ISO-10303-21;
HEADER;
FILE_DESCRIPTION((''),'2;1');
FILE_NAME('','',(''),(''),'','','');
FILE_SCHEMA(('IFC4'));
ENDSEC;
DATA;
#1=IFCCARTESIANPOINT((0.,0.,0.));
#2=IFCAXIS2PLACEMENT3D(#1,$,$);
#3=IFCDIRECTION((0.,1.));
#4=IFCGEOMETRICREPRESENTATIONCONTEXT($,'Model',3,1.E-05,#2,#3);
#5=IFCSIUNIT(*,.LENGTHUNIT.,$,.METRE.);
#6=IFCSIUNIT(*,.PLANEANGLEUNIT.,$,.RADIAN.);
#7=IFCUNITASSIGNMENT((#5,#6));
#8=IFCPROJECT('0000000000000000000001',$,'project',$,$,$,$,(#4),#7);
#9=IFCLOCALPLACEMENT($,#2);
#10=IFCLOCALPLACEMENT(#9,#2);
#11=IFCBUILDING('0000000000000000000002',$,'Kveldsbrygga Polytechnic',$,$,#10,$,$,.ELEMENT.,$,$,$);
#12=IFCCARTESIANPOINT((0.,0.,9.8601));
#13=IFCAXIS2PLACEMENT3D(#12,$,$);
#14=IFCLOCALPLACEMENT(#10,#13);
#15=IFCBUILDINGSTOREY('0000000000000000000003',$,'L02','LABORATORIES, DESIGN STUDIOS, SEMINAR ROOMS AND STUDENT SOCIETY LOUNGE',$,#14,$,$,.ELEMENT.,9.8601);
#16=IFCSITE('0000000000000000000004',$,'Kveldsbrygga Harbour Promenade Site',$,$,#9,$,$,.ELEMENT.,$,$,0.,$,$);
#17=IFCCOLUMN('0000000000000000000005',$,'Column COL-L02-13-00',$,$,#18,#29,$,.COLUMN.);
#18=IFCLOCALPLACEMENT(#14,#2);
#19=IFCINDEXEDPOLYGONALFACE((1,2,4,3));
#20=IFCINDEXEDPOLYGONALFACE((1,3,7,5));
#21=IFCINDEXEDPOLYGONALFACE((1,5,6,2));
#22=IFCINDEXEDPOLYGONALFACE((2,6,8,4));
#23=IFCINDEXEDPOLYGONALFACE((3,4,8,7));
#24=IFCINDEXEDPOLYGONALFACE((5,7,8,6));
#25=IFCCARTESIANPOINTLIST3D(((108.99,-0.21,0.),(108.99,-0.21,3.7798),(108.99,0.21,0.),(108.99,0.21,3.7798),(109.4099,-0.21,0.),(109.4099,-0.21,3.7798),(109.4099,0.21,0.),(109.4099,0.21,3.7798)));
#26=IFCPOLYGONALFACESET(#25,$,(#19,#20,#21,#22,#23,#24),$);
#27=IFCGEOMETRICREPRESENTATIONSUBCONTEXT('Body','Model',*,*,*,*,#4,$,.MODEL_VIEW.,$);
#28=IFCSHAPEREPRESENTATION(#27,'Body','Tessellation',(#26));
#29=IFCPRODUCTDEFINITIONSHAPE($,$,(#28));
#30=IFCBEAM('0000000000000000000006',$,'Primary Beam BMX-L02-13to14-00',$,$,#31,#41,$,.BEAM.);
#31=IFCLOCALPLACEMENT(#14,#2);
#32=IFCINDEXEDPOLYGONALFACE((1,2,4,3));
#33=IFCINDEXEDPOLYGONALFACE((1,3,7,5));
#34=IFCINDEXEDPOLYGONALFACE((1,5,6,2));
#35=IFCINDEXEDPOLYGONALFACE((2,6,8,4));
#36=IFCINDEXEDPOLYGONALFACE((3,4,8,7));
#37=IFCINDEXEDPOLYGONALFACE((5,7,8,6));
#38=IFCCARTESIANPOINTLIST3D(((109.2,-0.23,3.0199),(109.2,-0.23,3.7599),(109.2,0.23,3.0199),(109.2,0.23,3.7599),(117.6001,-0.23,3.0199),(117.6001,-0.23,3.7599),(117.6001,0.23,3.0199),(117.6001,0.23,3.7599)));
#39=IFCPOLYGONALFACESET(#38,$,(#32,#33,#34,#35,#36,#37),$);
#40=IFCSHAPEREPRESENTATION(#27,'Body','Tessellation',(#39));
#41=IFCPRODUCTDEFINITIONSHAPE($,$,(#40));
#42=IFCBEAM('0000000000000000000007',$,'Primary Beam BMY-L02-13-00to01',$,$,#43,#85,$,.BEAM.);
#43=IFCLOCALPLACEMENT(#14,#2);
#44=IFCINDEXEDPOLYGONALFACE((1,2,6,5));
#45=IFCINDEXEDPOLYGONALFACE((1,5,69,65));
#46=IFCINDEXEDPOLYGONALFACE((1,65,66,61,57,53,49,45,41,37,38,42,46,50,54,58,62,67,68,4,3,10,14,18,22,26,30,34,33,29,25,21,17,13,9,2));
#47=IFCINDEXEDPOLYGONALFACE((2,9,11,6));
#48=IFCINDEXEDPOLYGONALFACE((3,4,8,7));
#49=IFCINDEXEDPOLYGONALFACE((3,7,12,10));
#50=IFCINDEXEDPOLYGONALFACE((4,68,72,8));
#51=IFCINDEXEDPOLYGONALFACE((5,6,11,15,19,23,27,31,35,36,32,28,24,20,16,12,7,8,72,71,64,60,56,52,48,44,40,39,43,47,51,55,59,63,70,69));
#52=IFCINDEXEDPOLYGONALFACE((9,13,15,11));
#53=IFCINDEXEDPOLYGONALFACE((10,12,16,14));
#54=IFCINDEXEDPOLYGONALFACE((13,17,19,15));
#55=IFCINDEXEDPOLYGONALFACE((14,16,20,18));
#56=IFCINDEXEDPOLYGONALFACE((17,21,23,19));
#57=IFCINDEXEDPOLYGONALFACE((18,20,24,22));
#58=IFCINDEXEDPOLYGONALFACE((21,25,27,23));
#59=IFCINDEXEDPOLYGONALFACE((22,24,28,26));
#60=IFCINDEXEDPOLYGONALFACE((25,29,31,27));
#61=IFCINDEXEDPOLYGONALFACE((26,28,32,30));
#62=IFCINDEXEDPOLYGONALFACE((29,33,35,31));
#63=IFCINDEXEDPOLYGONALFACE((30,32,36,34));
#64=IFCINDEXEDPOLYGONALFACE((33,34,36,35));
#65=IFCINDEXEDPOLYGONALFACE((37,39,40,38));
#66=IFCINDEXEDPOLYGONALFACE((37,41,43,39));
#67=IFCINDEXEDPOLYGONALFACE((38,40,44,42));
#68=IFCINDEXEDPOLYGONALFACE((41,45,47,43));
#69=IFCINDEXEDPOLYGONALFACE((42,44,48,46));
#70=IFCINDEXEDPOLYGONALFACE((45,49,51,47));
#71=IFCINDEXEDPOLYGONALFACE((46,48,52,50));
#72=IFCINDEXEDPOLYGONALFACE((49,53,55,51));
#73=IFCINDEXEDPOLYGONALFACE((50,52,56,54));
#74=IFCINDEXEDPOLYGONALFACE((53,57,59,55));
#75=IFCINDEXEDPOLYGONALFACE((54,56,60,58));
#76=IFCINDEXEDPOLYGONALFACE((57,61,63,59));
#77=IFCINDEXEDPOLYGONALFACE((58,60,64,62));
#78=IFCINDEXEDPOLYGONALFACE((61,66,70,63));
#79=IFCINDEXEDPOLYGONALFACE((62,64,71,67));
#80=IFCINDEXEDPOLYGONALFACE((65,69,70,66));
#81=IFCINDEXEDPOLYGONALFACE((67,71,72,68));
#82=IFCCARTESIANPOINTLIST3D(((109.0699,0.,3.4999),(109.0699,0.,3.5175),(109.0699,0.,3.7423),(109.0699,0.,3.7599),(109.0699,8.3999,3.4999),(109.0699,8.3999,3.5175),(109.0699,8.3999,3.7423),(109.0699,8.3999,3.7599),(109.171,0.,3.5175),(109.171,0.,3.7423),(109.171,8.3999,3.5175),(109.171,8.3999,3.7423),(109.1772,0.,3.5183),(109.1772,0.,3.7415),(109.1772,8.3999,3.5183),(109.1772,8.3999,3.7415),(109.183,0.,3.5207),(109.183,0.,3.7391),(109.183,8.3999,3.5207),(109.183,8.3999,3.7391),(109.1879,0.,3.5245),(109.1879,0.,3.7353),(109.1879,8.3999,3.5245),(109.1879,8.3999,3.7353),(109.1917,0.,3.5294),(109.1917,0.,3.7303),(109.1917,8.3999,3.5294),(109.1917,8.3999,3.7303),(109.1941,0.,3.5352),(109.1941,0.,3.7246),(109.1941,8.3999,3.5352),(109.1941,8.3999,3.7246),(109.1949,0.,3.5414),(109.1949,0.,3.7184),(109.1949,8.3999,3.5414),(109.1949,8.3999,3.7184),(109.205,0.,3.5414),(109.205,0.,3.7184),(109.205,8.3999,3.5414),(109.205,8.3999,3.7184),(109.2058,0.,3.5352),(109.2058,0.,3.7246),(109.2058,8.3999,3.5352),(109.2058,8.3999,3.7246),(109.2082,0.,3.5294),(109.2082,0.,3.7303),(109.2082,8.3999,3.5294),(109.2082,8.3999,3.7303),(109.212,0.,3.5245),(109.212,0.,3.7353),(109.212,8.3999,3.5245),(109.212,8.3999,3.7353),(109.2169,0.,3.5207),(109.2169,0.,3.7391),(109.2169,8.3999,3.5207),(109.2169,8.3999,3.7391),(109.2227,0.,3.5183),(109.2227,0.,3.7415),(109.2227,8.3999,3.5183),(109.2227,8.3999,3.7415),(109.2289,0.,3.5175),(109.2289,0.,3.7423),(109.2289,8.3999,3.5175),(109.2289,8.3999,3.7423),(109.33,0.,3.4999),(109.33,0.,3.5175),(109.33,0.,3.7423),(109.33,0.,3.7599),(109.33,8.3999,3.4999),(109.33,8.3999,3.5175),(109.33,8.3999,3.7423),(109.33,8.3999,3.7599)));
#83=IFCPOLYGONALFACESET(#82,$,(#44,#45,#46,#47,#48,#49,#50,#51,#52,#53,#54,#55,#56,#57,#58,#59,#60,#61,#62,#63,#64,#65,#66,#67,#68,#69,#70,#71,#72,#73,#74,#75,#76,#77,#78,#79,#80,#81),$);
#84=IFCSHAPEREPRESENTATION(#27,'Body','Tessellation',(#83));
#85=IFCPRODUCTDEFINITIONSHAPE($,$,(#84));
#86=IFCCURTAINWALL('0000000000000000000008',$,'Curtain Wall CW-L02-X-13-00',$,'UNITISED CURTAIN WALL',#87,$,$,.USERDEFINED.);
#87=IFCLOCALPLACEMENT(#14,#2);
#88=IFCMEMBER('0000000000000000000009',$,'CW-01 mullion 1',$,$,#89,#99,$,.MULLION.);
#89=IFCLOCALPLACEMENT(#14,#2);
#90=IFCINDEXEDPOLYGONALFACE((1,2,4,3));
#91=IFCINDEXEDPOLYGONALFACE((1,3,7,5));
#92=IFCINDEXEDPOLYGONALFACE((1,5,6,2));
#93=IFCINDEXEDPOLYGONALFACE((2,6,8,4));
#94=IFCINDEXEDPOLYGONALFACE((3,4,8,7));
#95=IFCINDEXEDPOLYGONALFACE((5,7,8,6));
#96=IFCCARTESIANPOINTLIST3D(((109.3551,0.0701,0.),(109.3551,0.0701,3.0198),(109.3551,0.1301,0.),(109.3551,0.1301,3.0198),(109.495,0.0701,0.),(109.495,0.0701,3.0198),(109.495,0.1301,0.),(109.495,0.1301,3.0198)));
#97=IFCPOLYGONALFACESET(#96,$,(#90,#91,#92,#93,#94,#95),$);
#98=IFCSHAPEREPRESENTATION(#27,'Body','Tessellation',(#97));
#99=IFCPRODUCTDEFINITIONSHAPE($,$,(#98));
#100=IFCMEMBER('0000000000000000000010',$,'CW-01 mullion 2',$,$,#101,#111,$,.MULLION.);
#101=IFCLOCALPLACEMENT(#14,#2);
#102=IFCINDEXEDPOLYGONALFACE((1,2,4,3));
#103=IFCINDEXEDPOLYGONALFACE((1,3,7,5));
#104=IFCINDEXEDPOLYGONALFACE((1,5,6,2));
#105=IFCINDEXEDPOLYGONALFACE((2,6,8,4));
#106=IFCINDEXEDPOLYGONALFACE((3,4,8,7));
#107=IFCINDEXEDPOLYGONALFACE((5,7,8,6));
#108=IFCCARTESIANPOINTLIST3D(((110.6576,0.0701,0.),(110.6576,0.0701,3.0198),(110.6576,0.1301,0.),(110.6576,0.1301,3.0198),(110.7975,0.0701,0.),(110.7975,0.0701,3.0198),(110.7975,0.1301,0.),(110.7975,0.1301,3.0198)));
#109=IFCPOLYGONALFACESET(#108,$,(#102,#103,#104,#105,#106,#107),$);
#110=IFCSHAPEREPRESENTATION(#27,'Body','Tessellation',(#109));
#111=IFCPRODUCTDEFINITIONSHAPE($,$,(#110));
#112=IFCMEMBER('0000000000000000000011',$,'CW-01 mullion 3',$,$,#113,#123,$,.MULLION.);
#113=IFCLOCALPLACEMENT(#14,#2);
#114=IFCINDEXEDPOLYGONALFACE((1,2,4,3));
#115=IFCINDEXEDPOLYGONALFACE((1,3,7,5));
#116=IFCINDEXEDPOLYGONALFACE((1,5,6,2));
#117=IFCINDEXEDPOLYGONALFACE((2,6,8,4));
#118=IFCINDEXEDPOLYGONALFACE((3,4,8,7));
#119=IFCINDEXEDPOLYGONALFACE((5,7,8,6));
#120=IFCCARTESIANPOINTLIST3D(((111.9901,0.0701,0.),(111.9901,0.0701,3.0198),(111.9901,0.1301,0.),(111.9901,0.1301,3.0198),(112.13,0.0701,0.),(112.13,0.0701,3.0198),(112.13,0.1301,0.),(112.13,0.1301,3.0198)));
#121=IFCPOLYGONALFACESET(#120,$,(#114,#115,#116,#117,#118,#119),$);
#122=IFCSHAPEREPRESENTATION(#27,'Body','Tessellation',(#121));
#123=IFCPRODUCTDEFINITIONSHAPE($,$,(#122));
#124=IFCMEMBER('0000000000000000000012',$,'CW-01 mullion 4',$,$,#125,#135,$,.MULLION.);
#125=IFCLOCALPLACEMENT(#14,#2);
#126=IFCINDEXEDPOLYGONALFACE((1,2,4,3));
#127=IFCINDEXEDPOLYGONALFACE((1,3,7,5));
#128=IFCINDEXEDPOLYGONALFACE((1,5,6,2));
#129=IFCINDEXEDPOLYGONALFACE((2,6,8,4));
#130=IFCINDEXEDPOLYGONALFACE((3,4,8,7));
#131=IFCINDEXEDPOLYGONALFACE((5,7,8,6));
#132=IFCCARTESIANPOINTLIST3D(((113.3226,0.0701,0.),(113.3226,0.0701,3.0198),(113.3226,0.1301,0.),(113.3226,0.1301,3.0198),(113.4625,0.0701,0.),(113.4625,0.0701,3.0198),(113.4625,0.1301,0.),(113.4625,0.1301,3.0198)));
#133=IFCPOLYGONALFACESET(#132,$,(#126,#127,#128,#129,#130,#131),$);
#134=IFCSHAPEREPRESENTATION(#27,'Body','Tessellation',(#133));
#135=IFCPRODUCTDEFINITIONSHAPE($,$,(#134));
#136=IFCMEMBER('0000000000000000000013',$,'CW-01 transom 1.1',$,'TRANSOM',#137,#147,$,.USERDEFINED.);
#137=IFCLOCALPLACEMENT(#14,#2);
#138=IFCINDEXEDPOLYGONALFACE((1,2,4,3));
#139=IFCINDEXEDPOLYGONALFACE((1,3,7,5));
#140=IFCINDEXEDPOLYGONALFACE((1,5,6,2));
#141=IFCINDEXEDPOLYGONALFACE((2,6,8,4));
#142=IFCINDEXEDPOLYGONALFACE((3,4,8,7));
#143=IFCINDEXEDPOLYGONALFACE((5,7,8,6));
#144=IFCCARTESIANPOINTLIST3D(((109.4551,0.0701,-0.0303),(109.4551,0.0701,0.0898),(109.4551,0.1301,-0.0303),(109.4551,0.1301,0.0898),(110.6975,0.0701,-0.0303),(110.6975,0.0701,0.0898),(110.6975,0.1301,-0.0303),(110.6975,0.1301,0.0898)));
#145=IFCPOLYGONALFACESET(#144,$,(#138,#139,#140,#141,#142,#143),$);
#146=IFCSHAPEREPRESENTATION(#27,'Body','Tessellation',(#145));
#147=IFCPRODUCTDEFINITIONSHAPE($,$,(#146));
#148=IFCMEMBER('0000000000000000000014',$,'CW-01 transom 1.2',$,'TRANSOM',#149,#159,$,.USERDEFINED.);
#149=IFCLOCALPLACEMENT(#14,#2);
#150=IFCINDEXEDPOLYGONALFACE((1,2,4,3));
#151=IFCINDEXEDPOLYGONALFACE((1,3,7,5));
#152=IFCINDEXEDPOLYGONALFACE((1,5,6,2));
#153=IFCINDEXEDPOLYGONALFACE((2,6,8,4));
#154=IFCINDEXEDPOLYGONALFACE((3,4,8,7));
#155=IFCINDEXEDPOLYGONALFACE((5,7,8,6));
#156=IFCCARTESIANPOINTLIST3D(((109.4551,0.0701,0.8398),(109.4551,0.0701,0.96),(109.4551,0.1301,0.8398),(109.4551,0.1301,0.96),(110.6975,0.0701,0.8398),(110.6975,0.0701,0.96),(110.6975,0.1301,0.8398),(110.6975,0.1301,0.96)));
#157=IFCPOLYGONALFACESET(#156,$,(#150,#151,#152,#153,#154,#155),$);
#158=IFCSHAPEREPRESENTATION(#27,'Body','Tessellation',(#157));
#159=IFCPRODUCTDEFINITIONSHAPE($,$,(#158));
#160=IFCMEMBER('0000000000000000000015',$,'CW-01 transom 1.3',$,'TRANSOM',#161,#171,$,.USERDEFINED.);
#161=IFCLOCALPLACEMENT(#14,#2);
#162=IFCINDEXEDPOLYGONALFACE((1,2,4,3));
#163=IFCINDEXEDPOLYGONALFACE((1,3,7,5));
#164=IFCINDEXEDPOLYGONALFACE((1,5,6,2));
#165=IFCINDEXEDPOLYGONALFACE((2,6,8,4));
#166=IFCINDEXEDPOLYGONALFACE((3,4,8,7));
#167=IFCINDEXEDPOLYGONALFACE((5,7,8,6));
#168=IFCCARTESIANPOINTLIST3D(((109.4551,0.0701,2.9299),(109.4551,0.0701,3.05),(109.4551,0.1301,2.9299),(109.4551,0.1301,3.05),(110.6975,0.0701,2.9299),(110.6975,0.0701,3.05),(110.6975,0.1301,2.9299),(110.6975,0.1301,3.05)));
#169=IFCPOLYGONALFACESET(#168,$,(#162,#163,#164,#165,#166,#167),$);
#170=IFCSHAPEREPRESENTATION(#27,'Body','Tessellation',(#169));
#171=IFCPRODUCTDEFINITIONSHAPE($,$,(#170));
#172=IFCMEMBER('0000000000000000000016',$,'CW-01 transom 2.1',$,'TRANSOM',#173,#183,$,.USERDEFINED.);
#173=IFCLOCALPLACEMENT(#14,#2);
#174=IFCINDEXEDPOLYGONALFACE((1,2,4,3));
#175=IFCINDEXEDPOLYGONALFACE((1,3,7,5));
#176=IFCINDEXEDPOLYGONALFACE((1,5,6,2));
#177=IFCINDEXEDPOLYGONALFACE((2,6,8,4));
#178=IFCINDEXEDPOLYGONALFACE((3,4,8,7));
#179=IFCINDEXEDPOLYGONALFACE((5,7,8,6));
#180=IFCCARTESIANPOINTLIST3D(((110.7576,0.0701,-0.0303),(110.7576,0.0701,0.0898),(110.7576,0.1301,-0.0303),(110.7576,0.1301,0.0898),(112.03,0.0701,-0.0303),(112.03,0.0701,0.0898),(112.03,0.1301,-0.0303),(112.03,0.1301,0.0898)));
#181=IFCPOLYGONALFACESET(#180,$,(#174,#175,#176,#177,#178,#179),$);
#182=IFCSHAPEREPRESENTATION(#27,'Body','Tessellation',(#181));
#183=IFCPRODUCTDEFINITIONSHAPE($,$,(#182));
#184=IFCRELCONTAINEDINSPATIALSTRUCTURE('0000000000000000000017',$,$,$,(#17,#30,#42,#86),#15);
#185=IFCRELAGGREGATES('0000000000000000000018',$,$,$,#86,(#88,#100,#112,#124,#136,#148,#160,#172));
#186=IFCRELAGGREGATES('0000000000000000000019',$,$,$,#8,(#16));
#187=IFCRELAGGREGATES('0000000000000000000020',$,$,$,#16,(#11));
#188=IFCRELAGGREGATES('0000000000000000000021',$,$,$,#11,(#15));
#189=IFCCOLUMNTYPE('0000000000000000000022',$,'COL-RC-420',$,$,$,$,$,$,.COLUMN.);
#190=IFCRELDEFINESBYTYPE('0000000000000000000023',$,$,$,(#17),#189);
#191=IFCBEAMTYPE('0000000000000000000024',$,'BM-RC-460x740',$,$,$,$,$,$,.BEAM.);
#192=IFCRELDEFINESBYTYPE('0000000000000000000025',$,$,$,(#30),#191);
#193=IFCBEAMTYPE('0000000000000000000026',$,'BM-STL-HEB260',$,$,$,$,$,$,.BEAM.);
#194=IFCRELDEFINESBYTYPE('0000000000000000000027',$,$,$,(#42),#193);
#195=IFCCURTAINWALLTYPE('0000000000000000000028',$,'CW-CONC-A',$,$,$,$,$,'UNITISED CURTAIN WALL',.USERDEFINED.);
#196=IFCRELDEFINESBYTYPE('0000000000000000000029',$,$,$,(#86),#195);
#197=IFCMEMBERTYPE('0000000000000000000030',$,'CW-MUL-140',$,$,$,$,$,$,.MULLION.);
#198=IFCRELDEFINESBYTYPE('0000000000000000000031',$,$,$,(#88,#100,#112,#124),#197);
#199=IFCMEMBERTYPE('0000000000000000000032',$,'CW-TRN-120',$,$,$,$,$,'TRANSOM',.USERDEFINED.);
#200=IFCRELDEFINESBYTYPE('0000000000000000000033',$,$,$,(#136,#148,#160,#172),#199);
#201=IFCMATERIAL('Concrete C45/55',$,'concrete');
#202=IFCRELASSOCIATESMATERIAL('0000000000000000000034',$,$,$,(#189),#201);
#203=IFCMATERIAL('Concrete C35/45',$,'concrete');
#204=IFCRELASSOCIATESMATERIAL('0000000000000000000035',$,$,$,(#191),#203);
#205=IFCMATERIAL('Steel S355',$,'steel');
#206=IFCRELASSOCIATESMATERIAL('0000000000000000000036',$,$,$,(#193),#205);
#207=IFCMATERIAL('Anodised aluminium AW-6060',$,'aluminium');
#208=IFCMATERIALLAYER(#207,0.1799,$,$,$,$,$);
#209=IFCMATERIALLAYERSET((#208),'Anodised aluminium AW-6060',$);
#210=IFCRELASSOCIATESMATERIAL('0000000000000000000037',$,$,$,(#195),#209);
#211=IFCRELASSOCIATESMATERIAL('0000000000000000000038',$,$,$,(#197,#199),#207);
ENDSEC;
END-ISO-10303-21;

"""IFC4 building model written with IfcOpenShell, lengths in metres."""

from ifc_helpers import new_model, si_unit, direction, frame, origin, origin_2d, place, context, subcontext, project, spatial, rectangle, i_section, extrude, material, layer, layer_set, material_profile, profile_set, type_object, element, aggregate, save


model = new_model("IFC4")

# Units and contexts
model_context = context("Model", 3, precision=1e-05, world=origin(), true_north=direction((0.0, 1.0)))
body_context = subcontext(model_context, "Body", "Model", "MODEL_VIEW")
ifc_project = project(units=[si_unit("LENGTHUNIT", "METRE"), si_unit("PLANEANGLEUNIT", "RADIAN")], contexts=[model_context])

# Site, building, storey
site_placement = place(None, origin())
site = spatial("IfcSite", under=ifc_project, at=site_placement, Name="Kveldsbrygga Harbour Promenade Site", CompositionType="ELEMENT", RefElevation=0.0)
building_placement = place(site_placement, origin())
building = spatial("IfcBuilding", under=site, at=building_placement, Name="Kveldsbrygga Polytechnic", CompositionType="ELEMENT")
storey_placement = place(building_placement, frame((0.0, 0.0, 9.8601)))
storey = spatial("IfcBuildingStorey", under=building, at=storey_placement, Name="L02", Description="LABORATORIES, DESIGN STUDIOS, SEMINAR ROOMS AND STUDENT SOCIETY LOUNGE", CompositionType="ELEMENT", Elevation=9.8601)

# Column
ifc_material_1 = material(Name="Concrete C45/55", Category="concrete")
ifc_material_profile_1 = material_profile(ifc_material_1, rectangle(XDim=0.4199, YDim=0.4199, at=origin_2d()), Name="RC 420x420")
ifc_profile_set_1 = profile_set([ifc_material_profile_1], Name="Concrete C45/55")
column_type = type_object("IfcColumnType", Name="COL-RC-420", PredefinedType="COLUMN", material=ifc_profile_set_1)
column_placement = place(storey_placement, frame((109.2, 0.0, 0.0), z_axis=(0.0, 0.0, 1.0), x_axis=(1.0, 0.0, 0.0)))
element("IfcColumn", 1, at=column_placement, inside=storey, type_object=column_type, Name="Column COL-L02-13-00", PredefinedType="COLUMN", context=body_context, shape_type="SweptSolid", body=[
    extrude(rectangle(XDim=0.4199, YDim=0.4199, at=origin_2d()), origin(), (0.0, 0.0, 1.0), 3.7798),
])

# Beams
ifc_material_2 = material(Name="Concrete C35/45", Category="concrete")
ifc_material_profile_2 = material_profile(ifc_material_2, rectangle(XDim=0.46, YDim=0.74, at=origin_2d()), Name="RC 460x740")
ifc_profile_set_2 = profile_set([ifc_material_profile_2], Name="Concrete C35/45")
beam_type_1 = type_object("IfcBeamType", Name="BM-RC-460x740", PredefinedType="BEAM", material=ifc_profile_set_2)
beam_1_placement = place(storey_placement, frame((109.2, 0.0, 3.3899), z_axis=(1.0, 0.0, 0.0), x_axis=(0.0, 1.0, 0.0)))
element("IfcBeam", 2, at=beam_1_placement, inside=storey, type_object=beam_type_1, Name="Primary Beam BMX-L02-13to14-00", PredefinedType="BEAM", context=body_context, shape_type="SweptSolid", body=[
    extrude(rectangle(XDim=0.46, YDim=0.74, at=origin_2d()), origin(), (0.0, 0.0, 1.0), 8.4001),
])
ifc_material_3 = material(Name="Steel S355", Category="steel")
ifc_material_profile_3 = material_profile(ifc_material_3, i_section(OverallWidth=0.26, OverallDepth=0.26, WebThickness=0.01, FlangeThickness=0.0176, FilletRadius=0.0239, at=origin_2d()), Name="HEB 260")
ifc_profile_set_3 = profile_set([ifc_material_profile_3], Name="Steel S355")
beam_type_2 = type_object("IfcBeamType", Name="BM-STL-HEB260", PredefinedType="BEAM", material=ifc_profile_set_3)
beam_2_placement = place(storey_placement, frame((109.2, 0.0, 3.6299), z_axis=(0.0, 1.0, 0.0), x_axis=(-1.0, 0.0, 0.0)))
element("IfcBeam", 3, at=beam_2_placement, inside=storey, type_object=beam_type_2, Name="Primary Beam BMY-L02-13-00to01", PredefinedType="BEAM", context=body_context, shape_type="SweptSolid", body=[
    extrude(i_section(OverallWidth=0.26, OverallDepth=0.26, WebThickness=0.01, FlangeThickness=0.0176, FilletRadius=0.0239, at=origin_2d()), origin(), (0.0, 0.0, 1.0), 8.3999),
])

# Curtain wall, members
ifc_material_4 = material(Name="Anodised aluminium AW-6060", Category="aluminium")
ifc_layer_1 = layer(ifc_material_4, 0.1799)
ifc_layer_set_1 = layer_set([ifc_layer_1], Name="Anodised aluminium AW-6060")
curtain_wall_type = type_object("IfcCurtainWallType", Name="CW-CONC-A", ElementType="UNITISED CURTAIN WALL", PredefinedType="USERDEFINED", material=ifc_layer_set_1)
curtain_wall_placement = place(storey_placement, origin())
curtain_wall = element("IfcCurtainWall", 4, at=curtain_wall_placement, inside=storey, type_object=curtain_wall_type, Name="Curtain Wall CW-L02-X-13-00", ObjectType="UNITISED CURTAIN WALL", PredefinedType="USERDEFINED")
ifc_material_profile_4 = material_profile(ifc_material_4, rectangle(XDim=0.0601, YDim=0.1399, at=origin_2d()), Name="ALU 60x140")
ifc_profile_set_4 = profile_set([ifc_material_profile_4], Name="Anodised aluminium AW-6060")
member_type_1 = type_object("IfcMemberType", Name="CW-MUL-140", PredefinedType="MULLION", material=ifc_profile_set_4)
member_1_placement = place(storey_placement, frame((109.425, 0.1001, 0.0), z_axis=(0.0, 0.0, 1.0), x_axis=(0.0, 1.0, 0.0)))
member_1 = element("IfcMember", 5, at=member_1_placement, type_object=member_type_1, Name="CW-01 mullion 1", PredefinedType="MULLION", context=body_context, shape_type="SweptSolid", body=[
    extrude(rectangle(XDim=0.0601, YDim=0.1399, at=origin_2d()), origin(), (0.0, 0.0, 1.0), 3.0198),
])
member_2_placement = place(storey_placement, frame((110.7275, 0.1001, 0.0), z_axis=(0.0, 0.0, 1.0), x_axis=(0.0, 1.0, 0.0)))
member_2 = element("IfcMember", 6, at=member_2_placement, type_object=member_type_1, Name="CW-01 mullion 2", PredefinedType="MULLION", context=body_context, shape_type="SweptSolid", body=[
    extrude(rectangle(XDim=0.0601, YDim=0.1399, at=origin_2d()), origin(), (0.0, 0.0, 1.0), 3.0198),
])
member_3_placement = place(storey_placement, frame((112.0601, 0.1001, 0.0), z_axis=(0.0, 0.0, 1.0), x_axis=(0.0, 1.0, 0.0)))
member_3 = element("IfcMember", 7, at=member_3_placement, type_object=member_type_1, Name="CW-01 mullion 3", PredefinedType="MULLION", context=body_context, shape_type="SweptSolid", body=[
    extrude(rectangle(XDim=0.0601, YDim=0.1399, at=origin_2d()), origin(), (0.0, 0.0, 1.0), 3.0198),
])
member_4_placement = place(storey_placement, frame((113.3926, 0.1001, 0.0), z_axis=(0.0, 0.0, 1.0), x_axis=(0.0, 1.0, 0.0)))
member_4 = element("IfcMember", 8, at=member_4_placement, type_object=member_type_1, Name="CW-01 mullion 4", PredefinedType="MULLION", context=body_context, shape_type="SweptSolid", body=[
    extrude(rectangle(XDim=0.0601, YDim=0.1399, at=origin_2d()), origin(), (0.0, 0.0, 1.0), 3.0198),
])
ifc_material_profile_5 = material_profile(ifc_material_4, rectangle(XDim=0.0601, YDim=0.1201, at=origin_2d()), Name="ALU 60x120")
ifc_profile_set_5 = profile_set([ifc_material_profile_5], Name="Anodised aluminium AW-6060")
member_type_2 = type_object("IfcMemberType", Name="CW-TRN-120", ElementType="TRANSOM", PredefinedType="USERDEFINED", material=ifc_profile_set_5)
member_5_placement = place(storey_placement, frame((109.4551, 0.1001, 0.0298), z_axis=(1.0, 0.0, 0.0), x_axis=(0.0, 1.0, 0.0)))
member_5 = element("IfcMember", 9, at=member_5_placement, type_object=member_type_2, Name="CW-01 transom 1.1", ObjectType="TRANSOM", PredefinedType="USERDEFINED", context=body_context, shape_type="SweptSolid", body=[
    extrude(rectangle(XDim=0.0601, YDim=0.1201, at=origin_2d()), origin(), (0.0, 0.0, 1.0), 1.2424),
])
member_6_placement = place(storey_placement, frame((109.4551, 0.1001, 0.8999), z_axis=(1.0, 0.0, 0.0), x_axis=(0.0, 1.0, 0.0)))
member_6 = element("IfcMember", 10, at=member_6_placement, type_object=member_type_2, Name="CW-01 transom 1.2", ObjectType="TRANSOM", PredefinedType="USERDEFINED", context=body_context, shape_type="SweptSolid", body=[
    extrude(rectangle(XDim=0.0601, YDim=0.1201, at=origin_2d()), origin(), (0.0, 0.0, 1.0), 1.2424),
])
member_7_placement = place(storey_placement, frame((109.4551, 0.1001, 2.99), z_axis=(1.0, 0.0, 0.0), x_axis=(0.0, 1.0, 0.0)))
member_7 = element("IfcMember", 11, at=member_7_placement, type_object=member_type_2, Name="CW-01 transom 1.3", ObjectType="TRANSOM", PredefinedType="USERDEFINED", context=body_context, shape_type="SweptSolid", body=[
    extrude(rectangle(XDim=0.0601, YDim=0.1201, at=origin_2d()), origin(), (0.0, 0.0, 1.0), 1.2424),
])
member_8_placement = place(storey_placement, frame((110.7576, 0.1001, 0.0298), z_axis=(1.0, 0.0, 0.0), x_axis=(0.0, 1.0, 0.0)))
member_8 = element("IfcMember", 12, at=member_8_placement, type_object=member_type_2, Name="CW-01 transom 2.1", ObjectType="TRANSOM", PredefinedType="USERDEFINED", context=body_context, shape_type="SweptSolid", body=[
    extrude(rectangle(XDim=0.0601, YDim=0.1201, at=origin_2d()), origin(), (0.0, 0.0, 1.0), 1.2725),
])
aggregate(curtain_wall, [member_1, member_2, member_3, member_4, member_5, member_6, member_7, member_8])

save(model, "model.ifc")
